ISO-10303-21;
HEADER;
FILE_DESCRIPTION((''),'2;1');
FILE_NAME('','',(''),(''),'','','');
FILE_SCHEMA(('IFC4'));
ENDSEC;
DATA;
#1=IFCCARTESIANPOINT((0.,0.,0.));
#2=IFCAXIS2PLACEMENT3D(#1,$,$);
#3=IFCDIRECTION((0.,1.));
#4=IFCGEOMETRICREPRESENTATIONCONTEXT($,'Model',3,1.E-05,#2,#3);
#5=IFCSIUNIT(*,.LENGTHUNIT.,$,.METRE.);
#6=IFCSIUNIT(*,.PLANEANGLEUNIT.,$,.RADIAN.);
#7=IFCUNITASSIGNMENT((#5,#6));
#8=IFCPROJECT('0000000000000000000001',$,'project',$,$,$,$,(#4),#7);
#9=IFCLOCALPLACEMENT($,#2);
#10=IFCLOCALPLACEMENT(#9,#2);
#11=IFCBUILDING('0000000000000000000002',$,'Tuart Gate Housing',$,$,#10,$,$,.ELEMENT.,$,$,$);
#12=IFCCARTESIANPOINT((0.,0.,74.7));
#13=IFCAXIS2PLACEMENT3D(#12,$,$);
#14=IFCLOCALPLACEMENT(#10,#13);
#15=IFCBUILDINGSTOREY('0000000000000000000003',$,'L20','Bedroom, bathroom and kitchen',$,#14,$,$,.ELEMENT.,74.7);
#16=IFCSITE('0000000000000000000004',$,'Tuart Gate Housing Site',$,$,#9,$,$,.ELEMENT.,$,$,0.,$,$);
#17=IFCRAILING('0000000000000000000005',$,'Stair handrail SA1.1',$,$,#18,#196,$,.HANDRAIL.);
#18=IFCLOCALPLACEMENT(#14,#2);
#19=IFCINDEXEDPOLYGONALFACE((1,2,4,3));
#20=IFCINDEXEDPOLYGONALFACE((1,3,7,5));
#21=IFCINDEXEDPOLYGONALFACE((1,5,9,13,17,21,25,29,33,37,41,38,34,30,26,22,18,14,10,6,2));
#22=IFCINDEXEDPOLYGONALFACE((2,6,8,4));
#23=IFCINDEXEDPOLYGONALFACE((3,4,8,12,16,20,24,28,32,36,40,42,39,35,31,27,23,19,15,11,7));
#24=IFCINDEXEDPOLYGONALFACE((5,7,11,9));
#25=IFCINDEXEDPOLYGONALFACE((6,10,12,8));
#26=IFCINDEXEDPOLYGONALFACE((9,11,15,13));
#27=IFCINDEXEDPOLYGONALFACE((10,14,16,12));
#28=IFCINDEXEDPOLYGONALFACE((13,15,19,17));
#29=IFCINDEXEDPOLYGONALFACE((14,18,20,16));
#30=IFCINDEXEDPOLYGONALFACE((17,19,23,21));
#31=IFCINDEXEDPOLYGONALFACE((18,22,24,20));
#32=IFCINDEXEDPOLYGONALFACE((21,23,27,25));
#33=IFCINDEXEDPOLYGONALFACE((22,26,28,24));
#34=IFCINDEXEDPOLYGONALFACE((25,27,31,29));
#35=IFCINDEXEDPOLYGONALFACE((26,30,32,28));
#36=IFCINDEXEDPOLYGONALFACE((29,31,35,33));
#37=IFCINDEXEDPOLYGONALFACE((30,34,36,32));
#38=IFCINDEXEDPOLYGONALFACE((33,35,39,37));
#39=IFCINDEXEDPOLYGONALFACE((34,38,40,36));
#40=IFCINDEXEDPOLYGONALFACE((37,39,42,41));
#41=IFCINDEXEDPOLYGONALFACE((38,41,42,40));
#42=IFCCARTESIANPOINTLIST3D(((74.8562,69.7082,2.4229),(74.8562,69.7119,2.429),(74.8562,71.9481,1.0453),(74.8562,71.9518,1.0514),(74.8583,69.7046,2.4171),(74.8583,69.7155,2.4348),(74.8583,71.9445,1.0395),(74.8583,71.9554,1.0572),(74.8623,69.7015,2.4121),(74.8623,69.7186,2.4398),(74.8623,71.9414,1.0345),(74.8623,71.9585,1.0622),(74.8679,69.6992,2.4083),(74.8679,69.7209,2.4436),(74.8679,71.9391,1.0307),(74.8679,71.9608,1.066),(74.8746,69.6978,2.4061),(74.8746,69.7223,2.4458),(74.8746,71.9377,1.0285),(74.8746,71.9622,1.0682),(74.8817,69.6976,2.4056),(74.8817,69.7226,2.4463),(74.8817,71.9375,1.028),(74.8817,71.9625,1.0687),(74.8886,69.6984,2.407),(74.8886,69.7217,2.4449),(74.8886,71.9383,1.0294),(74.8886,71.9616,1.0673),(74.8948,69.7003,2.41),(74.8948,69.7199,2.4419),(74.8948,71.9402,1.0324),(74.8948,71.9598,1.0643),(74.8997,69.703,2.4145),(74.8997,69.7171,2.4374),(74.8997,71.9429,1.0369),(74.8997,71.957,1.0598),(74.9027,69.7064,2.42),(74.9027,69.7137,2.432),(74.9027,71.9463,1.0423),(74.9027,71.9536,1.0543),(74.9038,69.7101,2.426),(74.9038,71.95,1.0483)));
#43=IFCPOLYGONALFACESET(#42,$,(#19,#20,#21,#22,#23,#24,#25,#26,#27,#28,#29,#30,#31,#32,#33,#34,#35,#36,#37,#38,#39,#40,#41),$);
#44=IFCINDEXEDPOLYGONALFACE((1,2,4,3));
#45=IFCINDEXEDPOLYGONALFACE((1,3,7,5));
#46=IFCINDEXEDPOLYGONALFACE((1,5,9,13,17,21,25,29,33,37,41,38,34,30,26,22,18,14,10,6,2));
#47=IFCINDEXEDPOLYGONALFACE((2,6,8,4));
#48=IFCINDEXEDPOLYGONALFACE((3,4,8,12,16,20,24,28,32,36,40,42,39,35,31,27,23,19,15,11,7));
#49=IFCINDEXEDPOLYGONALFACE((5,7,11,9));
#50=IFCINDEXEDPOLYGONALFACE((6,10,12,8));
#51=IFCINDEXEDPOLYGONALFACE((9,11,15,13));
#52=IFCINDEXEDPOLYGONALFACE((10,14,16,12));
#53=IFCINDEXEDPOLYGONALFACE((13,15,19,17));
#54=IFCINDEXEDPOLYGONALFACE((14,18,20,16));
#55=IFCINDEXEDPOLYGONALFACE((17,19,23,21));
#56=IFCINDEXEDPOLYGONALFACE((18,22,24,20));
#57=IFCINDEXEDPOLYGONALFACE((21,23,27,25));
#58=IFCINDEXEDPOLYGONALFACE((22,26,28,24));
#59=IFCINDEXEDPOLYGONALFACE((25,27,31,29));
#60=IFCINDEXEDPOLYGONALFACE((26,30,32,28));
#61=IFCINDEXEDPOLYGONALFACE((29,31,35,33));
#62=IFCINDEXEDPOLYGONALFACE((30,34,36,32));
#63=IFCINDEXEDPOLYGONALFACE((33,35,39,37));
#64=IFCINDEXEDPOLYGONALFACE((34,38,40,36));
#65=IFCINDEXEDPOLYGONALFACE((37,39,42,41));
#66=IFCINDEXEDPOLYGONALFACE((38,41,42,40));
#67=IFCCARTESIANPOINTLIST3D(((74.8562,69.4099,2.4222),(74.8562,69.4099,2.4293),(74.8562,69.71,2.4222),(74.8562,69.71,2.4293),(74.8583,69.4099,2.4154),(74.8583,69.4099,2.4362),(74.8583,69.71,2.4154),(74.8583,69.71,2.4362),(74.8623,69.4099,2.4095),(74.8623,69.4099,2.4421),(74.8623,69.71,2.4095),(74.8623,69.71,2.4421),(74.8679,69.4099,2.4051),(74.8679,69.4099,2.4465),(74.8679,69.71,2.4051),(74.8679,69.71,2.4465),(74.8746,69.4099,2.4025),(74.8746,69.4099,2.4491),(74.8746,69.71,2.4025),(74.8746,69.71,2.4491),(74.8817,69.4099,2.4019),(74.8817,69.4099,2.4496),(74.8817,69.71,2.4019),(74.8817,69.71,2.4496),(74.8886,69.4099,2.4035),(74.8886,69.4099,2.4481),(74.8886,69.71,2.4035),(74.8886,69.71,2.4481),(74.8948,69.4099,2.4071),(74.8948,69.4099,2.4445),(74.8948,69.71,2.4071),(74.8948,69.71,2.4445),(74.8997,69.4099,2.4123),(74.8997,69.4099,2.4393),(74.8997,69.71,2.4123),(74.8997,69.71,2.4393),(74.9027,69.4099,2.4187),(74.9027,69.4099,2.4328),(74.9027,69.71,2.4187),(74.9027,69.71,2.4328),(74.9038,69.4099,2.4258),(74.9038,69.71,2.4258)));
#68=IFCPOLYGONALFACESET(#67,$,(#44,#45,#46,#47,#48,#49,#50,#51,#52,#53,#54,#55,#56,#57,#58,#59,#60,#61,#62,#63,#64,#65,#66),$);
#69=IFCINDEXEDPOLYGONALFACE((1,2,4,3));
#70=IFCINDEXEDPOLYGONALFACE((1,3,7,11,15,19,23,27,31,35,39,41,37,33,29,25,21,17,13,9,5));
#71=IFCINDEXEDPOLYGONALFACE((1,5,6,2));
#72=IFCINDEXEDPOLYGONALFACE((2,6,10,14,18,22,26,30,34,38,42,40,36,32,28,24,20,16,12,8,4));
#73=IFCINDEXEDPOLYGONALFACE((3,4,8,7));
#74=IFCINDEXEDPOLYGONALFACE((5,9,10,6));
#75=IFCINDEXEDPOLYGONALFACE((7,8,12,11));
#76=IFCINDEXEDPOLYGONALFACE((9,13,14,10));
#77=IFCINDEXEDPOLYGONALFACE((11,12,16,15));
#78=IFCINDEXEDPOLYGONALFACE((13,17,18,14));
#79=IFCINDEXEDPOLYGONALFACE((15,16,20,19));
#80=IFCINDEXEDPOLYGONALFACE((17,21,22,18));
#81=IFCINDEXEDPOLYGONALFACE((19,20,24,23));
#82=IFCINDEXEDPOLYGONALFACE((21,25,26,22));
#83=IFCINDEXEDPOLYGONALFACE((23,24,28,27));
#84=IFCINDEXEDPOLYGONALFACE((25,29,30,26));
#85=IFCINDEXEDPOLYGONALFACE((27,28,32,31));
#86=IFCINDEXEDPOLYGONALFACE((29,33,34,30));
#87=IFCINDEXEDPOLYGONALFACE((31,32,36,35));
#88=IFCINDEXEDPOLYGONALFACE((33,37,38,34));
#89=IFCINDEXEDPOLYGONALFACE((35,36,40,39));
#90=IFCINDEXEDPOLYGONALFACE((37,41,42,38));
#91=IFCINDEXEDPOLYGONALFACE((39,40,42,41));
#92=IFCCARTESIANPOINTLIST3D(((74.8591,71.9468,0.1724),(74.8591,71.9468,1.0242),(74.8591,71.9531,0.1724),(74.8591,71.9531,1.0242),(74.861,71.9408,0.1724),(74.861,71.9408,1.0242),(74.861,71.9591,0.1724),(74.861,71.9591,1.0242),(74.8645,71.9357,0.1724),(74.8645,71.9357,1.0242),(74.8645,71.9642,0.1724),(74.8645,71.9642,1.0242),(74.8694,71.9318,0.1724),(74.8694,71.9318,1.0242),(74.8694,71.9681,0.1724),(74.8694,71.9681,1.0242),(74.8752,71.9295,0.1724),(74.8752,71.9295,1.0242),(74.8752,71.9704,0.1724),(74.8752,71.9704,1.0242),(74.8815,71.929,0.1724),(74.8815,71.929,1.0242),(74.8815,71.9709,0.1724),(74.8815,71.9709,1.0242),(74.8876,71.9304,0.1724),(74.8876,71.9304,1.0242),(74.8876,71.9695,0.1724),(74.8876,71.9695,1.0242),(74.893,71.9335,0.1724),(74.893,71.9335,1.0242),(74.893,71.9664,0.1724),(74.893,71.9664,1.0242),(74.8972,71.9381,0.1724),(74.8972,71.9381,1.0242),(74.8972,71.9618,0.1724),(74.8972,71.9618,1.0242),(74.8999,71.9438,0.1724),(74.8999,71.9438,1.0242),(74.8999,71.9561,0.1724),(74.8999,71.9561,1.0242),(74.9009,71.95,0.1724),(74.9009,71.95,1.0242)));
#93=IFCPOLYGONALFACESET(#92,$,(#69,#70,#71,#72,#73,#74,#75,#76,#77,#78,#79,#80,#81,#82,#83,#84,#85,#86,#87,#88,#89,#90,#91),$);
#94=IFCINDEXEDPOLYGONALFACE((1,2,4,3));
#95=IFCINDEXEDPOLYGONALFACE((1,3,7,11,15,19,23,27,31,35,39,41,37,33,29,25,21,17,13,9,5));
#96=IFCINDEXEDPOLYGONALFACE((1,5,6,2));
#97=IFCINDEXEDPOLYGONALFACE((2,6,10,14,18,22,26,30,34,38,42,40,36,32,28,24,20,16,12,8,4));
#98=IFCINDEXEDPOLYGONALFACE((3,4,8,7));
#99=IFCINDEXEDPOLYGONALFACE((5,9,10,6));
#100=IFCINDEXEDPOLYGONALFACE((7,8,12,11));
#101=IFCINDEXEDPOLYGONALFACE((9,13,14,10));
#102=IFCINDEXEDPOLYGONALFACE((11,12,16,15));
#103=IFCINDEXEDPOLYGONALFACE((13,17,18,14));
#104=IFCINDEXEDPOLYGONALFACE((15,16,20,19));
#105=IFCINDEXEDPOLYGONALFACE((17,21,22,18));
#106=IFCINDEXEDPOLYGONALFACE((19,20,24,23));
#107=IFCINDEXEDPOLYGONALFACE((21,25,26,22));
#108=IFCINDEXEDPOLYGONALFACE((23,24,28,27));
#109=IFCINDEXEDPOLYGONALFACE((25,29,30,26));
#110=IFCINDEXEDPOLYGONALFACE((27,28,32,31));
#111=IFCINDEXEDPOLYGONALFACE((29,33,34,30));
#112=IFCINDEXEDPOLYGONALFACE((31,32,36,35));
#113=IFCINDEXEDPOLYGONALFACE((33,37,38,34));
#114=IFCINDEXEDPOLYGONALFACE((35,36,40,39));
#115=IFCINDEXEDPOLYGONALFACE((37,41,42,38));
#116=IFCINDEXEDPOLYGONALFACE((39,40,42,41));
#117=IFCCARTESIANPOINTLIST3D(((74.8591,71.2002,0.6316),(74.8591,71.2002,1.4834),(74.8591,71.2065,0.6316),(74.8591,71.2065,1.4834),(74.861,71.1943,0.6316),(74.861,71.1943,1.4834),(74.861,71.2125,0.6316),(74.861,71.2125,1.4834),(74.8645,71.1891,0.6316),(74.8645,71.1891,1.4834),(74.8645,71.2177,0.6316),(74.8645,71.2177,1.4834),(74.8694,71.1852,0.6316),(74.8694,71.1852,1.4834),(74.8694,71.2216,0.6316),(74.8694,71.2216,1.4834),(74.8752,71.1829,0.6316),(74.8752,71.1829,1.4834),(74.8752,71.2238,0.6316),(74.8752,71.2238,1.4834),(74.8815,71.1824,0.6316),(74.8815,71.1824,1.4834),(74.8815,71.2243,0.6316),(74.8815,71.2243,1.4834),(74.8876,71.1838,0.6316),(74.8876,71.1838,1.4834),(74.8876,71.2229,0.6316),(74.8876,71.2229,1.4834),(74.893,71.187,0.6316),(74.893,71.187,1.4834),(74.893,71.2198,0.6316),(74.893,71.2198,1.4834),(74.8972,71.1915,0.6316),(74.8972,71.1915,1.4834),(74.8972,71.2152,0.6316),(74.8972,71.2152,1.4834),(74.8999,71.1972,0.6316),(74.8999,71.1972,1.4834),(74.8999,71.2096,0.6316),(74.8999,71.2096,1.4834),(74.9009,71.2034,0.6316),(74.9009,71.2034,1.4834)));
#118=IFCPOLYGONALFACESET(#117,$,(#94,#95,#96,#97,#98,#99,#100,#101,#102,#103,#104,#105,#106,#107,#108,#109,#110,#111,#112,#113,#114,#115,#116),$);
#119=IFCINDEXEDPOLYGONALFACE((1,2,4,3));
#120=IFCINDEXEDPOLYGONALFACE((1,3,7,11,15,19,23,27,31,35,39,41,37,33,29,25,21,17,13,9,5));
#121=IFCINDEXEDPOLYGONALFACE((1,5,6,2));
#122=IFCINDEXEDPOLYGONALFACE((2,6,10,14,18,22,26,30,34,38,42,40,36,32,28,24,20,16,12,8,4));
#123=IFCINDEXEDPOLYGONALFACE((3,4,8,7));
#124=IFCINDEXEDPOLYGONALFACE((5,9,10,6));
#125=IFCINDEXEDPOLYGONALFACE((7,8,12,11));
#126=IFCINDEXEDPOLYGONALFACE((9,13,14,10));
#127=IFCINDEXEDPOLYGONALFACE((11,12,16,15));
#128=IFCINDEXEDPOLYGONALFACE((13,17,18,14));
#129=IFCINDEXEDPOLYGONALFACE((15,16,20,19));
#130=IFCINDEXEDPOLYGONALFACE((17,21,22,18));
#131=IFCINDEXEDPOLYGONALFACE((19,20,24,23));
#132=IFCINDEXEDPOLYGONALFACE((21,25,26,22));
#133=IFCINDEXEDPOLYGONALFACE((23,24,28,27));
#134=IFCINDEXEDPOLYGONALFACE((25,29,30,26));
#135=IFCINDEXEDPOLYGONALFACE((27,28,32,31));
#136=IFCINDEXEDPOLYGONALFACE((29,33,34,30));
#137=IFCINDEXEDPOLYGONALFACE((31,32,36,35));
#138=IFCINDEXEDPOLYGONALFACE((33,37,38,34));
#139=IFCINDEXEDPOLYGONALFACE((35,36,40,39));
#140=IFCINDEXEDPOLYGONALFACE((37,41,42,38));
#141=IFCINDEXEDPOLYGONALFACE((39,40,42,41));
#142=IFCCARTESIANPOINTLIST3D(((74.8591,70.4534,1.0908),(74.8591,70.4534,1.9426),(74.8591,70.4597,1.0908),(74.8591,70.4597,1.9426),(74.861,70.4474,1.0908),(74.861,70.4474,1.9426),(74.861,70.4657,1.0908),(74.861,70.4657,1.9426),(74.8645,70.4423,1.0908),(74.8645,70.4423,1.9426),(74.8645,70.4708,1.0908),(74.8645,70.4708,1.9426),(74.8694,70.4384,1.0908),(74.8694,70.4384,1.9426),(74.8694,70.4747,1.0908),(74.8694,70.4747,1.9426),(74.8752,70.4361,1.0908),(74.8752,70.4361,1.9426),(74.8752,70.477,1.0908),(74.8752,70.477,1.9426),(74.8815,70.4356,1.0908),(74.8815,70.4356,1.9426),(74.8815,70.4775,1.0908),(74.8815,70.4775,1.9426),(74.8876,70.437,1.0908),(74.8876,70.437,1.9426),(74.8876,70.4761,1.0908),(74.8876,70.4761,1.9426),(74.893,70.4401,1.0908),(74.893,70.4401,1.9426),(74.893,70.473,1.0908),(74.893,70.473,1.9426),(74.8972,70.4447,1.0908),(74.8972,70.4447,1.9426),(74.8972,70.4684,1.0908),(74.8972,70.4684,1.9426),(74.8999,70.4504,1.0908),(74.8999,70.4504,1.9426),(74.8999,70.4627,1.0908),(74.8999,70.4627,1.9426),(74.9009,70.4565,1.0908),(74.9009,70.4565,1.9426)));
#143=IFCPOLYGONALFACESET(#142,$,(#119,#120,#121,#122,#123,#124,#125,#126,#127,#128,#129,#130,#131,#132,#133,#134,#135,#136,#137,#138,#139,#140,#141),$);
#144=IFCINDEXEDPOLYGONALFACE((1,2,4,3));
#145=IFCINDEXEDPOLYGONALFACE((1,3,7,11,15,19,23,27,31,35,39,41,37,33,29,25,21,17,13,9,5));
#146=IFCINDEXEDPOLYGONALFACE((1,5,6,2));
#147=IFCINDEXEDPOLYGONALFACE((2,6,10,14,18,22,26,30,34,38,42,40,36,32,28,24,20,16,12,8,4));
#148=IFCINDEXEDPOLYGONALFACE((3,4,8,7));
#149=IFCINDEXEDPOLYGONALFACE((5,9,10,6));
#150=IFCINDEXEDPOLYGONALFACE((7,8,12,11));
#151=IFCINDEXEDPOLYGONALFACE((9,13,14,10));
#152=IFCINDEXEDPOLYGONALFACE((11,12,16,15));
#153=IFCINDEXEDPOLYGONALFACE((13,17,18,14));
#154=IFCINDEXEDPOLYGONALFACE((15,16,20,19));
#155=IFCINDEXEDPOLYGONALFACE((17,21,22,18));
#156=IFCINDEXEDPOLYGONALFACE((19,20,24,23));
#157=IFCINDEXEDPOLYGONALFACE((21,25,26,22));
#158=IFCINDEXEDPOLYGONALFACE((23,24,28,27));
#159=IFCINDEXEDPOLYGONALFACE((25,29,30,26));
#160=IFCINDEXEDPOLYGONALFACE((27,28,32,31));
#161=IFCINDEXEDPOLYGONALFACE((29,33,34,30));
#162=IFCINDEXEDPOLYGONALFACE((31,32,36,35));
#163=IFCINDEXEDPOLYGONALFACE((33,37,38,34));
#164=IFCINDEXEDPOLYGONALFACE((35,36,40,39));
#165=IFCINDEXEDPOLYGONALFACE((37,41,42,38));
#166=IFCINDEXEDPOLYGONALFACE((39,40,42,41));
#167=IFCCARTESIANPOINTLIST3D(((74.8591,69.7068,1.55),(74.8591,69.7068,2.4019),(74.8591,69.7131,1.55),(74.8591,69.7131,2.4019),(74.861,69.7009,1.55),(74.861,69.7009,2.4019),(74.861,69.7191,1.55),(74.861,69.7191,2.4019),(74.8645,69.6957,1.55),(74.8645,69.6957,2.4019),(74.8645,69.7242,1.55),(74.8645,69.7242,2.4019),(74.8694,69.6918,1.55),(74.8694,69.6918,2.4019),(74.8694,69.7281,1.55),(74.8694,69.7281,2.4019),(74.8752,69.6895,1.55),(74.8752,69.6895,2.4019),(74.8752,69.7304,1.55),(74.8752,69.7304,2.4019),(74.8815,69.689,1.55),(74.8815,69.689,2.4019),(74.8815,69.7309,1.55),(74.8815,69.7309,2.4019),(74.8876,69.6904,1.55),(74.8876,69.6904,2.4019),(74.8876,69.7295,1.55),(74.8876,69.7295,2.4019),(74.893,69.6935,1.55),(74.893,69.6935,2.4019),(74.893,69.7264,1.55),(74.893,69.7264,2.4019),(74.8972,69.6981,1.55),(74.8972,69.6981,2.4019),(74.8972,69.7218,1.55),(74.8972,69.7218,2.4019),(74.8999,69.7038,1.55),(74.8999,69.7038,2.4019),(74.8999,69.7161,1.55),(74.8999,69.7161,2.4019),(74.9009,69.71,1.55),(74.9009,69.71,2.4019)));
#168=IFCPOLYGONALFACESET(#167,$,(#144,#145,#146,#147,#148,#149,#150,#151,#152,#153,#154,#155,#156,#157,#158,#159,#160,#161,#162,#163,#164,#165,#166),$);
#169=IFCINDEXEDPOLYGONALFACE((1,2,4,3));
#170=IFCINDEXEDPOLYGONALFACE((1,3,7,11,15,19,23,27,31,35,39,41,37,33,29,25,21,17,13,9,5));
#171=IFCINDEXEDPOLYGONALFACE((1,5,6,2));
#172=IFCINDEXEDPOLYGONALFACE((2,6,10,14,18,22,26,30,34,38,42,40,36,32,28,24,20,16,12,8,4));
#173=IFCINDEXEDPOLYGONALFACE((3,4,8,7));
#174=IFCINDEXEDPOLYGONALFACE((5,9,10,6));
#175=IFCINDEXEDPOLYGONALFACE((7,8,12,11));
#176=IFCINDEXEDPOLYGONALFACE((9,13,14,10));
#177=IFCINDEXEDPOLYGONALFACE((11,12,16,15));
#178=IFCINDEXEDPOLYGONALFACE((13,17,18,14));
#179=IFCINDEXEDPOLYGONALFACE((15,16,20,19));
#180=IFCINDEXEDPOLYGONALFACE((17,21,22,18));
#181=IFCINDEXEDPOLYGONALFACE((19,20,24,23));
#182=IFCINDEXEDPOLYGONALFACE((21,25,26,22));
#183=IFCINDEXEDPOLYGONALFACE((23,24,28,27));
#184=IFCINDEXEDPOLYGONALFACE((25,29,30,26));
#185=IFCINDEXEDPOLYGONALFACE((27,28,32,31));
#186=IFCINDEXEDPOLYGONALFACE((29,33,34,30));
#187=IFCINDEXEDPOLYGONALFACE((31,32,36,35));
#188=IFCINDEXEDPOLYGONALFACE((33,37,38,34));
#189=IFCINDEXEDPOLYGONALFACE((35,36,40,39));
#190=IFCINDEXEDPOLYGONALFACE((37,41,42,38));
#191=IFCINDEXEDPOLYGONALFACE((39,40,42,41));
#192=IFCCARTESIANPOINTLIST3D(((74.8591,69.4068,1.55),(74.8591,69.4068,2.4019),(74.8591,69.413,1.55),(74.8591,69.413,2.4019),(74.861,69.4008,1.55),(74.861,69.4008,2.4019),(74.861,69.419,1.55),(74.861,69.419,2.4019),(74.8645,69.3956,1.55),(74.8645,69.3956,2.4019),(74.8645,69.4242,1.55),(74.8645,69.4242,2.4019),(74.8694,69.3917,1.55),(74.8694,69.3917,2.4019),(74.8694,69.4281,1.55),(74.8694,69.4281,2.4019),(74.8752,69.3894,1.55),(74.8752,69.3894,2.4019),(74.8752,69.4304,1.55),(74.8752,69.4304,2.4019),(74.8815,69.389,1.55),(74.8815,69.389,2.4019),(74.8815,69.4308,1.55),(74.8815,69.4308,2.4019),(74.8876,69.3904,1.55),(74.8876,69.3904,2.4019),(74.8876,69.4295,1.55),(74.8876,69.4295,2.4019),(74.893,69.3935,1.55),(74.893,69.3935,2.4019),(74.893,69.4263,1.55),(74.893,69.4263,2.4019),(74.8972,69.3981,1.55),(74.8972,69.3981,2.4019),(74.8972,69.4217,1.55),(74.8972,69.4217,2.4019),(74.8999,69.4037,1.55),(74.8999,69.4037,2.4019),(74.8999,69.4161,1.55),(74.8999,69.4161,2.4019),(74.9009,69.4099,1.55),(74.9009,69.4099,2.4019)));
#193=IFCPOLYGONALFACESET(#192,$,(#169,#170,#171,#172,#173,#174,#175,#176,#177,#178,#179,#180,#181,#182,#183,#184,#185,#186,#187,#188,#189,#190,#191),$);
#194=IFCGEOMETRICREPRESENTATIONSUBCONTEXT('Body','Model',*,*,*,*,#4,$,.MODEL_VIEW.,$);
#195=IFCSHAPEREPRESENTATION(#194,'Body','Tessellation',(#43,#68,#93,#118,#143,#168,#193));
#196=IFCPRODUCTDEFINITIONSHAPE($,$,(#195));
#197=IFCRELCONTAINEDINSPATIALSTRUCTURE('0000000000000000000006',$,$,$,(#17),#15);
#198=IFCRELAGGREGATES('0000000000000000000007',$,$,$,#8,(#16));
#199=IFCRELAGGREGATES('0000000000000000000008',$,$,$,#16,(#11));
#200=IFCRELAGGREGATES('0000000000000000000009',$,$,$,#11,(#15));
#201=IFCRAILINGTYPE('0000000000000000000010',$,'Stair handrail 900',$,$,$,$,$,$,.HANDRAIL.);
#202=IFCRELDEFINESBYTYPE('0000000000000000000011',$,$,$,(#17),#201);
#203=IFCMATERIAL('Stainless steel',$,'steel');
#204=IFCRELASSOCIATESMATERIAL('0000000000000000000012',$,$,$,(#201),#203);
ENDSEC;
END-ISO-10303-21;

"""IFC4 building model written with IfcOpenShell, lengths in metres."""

from ifc_helpers import new_model, si_unit, direction, frame, origin, origin_2d, place, context, subcontext, project, spatial, circle, extrude, material, type_object, element, save


model = new_model("IFC4")

# Units and contexts
model_context = context("Model", 3, precision=1e-05, world=origin(), true_north=direction((0.0, 1.0)))
body_context = subcontext(model_context, "Body", "Model", "MODEL_VIEW")
ifc_project = project(units=[si_unit("LENGTHUNIT", "METRE"), si_unit("PLANEANGLEUNIT", "RADIAN")], contexts=[model_context])

# Site, building, storey
site_placement = place(None, origin())
site = spatial("IfcSite", under=ifc_project, at=site_placement, Name="Tuart Gate Housing Site", CompositionType="ELEMENT", RefElevation=0.0)
building_placement = place(site_placement, origin())
building = spatial("IfcBuilding", under=site, at=building_placement, Name="Tuart Gate Housing", CompositionType="ELEMENT")
storey_placement = place(building_placement, frame((0.0, 0.0, 74.7)))
storey = spatial("IfcBuildingStorey", under=building, at=storey_placement, Name="L20", Description="Bedroom, bathroom and kitchen", CompositionType="ELEMENT", Elevation=74.7)

# Railing
ifc_material_1 = material(Name="Stainless steel", Category="steel")
railing_type = type_object("IfcRailingType", Name="Stair handrail 900", PredefinedType="HANDRAIL", material=ifc_material_1)
railing_placement = place(storey_placement, frame((74.8799, 71.95, 0.1724)))
element("IfcRailing", 1, at=railing_placement, inside=storey, type_object=railing_type, Name="Stair handrail SA1.1", PredefinedType="HANDRAIL", context=body_context, shape_type="SweptSolid", body=[
    extrude(circle(Radius=0.0239, at=origin_2d()), frame((0.0, 0.0, 0.876), z_axis=(0.0, -0.851789, 0.523885), x_axis=(1.0, 0.0, 0.0)), (0.0, 0.0, 1.0), 2.6296),
    extrude(circle(Radius=0.0239, at=origin_2d()), frame((0.0, -2.24, 2.2534), z_axis=(0.0, -1.0, 0.0), x_axis=(1.0, 0.0, 0.0)), (0.0, 0.0, 1.0), 0.3),
    extrude(circle(Radius=0.021, at=origin_2d()), origin(), (0.0, 0.0, 1.0), 0.8518),
    extrude(circle(Radius=0.021, at=origin_2d()), frame((0.0, -0.7466, 0.4592)), (0.0, 0.0, 1.0), 0.8518),
    extrude(circle(Radius=0.021, at=origin_2d()), frame((0.0, -1.4934, 0.9185)), (0.0, 0.0, 1.0), 0.8518),
    extrude(circle(Radius=0.021, at=origin_2d()), frame((0.0, -2.24, 1.3777)), (0.0, 0.0, 1.0), 0.8518),
    extrude(circle(Radius=0.021, at=origin_2d()), frame((0.0, -2.54, 1.3777)), (0.0, 0.0, 1.0), 0.8518),
])

save(model, "model.ifc")
